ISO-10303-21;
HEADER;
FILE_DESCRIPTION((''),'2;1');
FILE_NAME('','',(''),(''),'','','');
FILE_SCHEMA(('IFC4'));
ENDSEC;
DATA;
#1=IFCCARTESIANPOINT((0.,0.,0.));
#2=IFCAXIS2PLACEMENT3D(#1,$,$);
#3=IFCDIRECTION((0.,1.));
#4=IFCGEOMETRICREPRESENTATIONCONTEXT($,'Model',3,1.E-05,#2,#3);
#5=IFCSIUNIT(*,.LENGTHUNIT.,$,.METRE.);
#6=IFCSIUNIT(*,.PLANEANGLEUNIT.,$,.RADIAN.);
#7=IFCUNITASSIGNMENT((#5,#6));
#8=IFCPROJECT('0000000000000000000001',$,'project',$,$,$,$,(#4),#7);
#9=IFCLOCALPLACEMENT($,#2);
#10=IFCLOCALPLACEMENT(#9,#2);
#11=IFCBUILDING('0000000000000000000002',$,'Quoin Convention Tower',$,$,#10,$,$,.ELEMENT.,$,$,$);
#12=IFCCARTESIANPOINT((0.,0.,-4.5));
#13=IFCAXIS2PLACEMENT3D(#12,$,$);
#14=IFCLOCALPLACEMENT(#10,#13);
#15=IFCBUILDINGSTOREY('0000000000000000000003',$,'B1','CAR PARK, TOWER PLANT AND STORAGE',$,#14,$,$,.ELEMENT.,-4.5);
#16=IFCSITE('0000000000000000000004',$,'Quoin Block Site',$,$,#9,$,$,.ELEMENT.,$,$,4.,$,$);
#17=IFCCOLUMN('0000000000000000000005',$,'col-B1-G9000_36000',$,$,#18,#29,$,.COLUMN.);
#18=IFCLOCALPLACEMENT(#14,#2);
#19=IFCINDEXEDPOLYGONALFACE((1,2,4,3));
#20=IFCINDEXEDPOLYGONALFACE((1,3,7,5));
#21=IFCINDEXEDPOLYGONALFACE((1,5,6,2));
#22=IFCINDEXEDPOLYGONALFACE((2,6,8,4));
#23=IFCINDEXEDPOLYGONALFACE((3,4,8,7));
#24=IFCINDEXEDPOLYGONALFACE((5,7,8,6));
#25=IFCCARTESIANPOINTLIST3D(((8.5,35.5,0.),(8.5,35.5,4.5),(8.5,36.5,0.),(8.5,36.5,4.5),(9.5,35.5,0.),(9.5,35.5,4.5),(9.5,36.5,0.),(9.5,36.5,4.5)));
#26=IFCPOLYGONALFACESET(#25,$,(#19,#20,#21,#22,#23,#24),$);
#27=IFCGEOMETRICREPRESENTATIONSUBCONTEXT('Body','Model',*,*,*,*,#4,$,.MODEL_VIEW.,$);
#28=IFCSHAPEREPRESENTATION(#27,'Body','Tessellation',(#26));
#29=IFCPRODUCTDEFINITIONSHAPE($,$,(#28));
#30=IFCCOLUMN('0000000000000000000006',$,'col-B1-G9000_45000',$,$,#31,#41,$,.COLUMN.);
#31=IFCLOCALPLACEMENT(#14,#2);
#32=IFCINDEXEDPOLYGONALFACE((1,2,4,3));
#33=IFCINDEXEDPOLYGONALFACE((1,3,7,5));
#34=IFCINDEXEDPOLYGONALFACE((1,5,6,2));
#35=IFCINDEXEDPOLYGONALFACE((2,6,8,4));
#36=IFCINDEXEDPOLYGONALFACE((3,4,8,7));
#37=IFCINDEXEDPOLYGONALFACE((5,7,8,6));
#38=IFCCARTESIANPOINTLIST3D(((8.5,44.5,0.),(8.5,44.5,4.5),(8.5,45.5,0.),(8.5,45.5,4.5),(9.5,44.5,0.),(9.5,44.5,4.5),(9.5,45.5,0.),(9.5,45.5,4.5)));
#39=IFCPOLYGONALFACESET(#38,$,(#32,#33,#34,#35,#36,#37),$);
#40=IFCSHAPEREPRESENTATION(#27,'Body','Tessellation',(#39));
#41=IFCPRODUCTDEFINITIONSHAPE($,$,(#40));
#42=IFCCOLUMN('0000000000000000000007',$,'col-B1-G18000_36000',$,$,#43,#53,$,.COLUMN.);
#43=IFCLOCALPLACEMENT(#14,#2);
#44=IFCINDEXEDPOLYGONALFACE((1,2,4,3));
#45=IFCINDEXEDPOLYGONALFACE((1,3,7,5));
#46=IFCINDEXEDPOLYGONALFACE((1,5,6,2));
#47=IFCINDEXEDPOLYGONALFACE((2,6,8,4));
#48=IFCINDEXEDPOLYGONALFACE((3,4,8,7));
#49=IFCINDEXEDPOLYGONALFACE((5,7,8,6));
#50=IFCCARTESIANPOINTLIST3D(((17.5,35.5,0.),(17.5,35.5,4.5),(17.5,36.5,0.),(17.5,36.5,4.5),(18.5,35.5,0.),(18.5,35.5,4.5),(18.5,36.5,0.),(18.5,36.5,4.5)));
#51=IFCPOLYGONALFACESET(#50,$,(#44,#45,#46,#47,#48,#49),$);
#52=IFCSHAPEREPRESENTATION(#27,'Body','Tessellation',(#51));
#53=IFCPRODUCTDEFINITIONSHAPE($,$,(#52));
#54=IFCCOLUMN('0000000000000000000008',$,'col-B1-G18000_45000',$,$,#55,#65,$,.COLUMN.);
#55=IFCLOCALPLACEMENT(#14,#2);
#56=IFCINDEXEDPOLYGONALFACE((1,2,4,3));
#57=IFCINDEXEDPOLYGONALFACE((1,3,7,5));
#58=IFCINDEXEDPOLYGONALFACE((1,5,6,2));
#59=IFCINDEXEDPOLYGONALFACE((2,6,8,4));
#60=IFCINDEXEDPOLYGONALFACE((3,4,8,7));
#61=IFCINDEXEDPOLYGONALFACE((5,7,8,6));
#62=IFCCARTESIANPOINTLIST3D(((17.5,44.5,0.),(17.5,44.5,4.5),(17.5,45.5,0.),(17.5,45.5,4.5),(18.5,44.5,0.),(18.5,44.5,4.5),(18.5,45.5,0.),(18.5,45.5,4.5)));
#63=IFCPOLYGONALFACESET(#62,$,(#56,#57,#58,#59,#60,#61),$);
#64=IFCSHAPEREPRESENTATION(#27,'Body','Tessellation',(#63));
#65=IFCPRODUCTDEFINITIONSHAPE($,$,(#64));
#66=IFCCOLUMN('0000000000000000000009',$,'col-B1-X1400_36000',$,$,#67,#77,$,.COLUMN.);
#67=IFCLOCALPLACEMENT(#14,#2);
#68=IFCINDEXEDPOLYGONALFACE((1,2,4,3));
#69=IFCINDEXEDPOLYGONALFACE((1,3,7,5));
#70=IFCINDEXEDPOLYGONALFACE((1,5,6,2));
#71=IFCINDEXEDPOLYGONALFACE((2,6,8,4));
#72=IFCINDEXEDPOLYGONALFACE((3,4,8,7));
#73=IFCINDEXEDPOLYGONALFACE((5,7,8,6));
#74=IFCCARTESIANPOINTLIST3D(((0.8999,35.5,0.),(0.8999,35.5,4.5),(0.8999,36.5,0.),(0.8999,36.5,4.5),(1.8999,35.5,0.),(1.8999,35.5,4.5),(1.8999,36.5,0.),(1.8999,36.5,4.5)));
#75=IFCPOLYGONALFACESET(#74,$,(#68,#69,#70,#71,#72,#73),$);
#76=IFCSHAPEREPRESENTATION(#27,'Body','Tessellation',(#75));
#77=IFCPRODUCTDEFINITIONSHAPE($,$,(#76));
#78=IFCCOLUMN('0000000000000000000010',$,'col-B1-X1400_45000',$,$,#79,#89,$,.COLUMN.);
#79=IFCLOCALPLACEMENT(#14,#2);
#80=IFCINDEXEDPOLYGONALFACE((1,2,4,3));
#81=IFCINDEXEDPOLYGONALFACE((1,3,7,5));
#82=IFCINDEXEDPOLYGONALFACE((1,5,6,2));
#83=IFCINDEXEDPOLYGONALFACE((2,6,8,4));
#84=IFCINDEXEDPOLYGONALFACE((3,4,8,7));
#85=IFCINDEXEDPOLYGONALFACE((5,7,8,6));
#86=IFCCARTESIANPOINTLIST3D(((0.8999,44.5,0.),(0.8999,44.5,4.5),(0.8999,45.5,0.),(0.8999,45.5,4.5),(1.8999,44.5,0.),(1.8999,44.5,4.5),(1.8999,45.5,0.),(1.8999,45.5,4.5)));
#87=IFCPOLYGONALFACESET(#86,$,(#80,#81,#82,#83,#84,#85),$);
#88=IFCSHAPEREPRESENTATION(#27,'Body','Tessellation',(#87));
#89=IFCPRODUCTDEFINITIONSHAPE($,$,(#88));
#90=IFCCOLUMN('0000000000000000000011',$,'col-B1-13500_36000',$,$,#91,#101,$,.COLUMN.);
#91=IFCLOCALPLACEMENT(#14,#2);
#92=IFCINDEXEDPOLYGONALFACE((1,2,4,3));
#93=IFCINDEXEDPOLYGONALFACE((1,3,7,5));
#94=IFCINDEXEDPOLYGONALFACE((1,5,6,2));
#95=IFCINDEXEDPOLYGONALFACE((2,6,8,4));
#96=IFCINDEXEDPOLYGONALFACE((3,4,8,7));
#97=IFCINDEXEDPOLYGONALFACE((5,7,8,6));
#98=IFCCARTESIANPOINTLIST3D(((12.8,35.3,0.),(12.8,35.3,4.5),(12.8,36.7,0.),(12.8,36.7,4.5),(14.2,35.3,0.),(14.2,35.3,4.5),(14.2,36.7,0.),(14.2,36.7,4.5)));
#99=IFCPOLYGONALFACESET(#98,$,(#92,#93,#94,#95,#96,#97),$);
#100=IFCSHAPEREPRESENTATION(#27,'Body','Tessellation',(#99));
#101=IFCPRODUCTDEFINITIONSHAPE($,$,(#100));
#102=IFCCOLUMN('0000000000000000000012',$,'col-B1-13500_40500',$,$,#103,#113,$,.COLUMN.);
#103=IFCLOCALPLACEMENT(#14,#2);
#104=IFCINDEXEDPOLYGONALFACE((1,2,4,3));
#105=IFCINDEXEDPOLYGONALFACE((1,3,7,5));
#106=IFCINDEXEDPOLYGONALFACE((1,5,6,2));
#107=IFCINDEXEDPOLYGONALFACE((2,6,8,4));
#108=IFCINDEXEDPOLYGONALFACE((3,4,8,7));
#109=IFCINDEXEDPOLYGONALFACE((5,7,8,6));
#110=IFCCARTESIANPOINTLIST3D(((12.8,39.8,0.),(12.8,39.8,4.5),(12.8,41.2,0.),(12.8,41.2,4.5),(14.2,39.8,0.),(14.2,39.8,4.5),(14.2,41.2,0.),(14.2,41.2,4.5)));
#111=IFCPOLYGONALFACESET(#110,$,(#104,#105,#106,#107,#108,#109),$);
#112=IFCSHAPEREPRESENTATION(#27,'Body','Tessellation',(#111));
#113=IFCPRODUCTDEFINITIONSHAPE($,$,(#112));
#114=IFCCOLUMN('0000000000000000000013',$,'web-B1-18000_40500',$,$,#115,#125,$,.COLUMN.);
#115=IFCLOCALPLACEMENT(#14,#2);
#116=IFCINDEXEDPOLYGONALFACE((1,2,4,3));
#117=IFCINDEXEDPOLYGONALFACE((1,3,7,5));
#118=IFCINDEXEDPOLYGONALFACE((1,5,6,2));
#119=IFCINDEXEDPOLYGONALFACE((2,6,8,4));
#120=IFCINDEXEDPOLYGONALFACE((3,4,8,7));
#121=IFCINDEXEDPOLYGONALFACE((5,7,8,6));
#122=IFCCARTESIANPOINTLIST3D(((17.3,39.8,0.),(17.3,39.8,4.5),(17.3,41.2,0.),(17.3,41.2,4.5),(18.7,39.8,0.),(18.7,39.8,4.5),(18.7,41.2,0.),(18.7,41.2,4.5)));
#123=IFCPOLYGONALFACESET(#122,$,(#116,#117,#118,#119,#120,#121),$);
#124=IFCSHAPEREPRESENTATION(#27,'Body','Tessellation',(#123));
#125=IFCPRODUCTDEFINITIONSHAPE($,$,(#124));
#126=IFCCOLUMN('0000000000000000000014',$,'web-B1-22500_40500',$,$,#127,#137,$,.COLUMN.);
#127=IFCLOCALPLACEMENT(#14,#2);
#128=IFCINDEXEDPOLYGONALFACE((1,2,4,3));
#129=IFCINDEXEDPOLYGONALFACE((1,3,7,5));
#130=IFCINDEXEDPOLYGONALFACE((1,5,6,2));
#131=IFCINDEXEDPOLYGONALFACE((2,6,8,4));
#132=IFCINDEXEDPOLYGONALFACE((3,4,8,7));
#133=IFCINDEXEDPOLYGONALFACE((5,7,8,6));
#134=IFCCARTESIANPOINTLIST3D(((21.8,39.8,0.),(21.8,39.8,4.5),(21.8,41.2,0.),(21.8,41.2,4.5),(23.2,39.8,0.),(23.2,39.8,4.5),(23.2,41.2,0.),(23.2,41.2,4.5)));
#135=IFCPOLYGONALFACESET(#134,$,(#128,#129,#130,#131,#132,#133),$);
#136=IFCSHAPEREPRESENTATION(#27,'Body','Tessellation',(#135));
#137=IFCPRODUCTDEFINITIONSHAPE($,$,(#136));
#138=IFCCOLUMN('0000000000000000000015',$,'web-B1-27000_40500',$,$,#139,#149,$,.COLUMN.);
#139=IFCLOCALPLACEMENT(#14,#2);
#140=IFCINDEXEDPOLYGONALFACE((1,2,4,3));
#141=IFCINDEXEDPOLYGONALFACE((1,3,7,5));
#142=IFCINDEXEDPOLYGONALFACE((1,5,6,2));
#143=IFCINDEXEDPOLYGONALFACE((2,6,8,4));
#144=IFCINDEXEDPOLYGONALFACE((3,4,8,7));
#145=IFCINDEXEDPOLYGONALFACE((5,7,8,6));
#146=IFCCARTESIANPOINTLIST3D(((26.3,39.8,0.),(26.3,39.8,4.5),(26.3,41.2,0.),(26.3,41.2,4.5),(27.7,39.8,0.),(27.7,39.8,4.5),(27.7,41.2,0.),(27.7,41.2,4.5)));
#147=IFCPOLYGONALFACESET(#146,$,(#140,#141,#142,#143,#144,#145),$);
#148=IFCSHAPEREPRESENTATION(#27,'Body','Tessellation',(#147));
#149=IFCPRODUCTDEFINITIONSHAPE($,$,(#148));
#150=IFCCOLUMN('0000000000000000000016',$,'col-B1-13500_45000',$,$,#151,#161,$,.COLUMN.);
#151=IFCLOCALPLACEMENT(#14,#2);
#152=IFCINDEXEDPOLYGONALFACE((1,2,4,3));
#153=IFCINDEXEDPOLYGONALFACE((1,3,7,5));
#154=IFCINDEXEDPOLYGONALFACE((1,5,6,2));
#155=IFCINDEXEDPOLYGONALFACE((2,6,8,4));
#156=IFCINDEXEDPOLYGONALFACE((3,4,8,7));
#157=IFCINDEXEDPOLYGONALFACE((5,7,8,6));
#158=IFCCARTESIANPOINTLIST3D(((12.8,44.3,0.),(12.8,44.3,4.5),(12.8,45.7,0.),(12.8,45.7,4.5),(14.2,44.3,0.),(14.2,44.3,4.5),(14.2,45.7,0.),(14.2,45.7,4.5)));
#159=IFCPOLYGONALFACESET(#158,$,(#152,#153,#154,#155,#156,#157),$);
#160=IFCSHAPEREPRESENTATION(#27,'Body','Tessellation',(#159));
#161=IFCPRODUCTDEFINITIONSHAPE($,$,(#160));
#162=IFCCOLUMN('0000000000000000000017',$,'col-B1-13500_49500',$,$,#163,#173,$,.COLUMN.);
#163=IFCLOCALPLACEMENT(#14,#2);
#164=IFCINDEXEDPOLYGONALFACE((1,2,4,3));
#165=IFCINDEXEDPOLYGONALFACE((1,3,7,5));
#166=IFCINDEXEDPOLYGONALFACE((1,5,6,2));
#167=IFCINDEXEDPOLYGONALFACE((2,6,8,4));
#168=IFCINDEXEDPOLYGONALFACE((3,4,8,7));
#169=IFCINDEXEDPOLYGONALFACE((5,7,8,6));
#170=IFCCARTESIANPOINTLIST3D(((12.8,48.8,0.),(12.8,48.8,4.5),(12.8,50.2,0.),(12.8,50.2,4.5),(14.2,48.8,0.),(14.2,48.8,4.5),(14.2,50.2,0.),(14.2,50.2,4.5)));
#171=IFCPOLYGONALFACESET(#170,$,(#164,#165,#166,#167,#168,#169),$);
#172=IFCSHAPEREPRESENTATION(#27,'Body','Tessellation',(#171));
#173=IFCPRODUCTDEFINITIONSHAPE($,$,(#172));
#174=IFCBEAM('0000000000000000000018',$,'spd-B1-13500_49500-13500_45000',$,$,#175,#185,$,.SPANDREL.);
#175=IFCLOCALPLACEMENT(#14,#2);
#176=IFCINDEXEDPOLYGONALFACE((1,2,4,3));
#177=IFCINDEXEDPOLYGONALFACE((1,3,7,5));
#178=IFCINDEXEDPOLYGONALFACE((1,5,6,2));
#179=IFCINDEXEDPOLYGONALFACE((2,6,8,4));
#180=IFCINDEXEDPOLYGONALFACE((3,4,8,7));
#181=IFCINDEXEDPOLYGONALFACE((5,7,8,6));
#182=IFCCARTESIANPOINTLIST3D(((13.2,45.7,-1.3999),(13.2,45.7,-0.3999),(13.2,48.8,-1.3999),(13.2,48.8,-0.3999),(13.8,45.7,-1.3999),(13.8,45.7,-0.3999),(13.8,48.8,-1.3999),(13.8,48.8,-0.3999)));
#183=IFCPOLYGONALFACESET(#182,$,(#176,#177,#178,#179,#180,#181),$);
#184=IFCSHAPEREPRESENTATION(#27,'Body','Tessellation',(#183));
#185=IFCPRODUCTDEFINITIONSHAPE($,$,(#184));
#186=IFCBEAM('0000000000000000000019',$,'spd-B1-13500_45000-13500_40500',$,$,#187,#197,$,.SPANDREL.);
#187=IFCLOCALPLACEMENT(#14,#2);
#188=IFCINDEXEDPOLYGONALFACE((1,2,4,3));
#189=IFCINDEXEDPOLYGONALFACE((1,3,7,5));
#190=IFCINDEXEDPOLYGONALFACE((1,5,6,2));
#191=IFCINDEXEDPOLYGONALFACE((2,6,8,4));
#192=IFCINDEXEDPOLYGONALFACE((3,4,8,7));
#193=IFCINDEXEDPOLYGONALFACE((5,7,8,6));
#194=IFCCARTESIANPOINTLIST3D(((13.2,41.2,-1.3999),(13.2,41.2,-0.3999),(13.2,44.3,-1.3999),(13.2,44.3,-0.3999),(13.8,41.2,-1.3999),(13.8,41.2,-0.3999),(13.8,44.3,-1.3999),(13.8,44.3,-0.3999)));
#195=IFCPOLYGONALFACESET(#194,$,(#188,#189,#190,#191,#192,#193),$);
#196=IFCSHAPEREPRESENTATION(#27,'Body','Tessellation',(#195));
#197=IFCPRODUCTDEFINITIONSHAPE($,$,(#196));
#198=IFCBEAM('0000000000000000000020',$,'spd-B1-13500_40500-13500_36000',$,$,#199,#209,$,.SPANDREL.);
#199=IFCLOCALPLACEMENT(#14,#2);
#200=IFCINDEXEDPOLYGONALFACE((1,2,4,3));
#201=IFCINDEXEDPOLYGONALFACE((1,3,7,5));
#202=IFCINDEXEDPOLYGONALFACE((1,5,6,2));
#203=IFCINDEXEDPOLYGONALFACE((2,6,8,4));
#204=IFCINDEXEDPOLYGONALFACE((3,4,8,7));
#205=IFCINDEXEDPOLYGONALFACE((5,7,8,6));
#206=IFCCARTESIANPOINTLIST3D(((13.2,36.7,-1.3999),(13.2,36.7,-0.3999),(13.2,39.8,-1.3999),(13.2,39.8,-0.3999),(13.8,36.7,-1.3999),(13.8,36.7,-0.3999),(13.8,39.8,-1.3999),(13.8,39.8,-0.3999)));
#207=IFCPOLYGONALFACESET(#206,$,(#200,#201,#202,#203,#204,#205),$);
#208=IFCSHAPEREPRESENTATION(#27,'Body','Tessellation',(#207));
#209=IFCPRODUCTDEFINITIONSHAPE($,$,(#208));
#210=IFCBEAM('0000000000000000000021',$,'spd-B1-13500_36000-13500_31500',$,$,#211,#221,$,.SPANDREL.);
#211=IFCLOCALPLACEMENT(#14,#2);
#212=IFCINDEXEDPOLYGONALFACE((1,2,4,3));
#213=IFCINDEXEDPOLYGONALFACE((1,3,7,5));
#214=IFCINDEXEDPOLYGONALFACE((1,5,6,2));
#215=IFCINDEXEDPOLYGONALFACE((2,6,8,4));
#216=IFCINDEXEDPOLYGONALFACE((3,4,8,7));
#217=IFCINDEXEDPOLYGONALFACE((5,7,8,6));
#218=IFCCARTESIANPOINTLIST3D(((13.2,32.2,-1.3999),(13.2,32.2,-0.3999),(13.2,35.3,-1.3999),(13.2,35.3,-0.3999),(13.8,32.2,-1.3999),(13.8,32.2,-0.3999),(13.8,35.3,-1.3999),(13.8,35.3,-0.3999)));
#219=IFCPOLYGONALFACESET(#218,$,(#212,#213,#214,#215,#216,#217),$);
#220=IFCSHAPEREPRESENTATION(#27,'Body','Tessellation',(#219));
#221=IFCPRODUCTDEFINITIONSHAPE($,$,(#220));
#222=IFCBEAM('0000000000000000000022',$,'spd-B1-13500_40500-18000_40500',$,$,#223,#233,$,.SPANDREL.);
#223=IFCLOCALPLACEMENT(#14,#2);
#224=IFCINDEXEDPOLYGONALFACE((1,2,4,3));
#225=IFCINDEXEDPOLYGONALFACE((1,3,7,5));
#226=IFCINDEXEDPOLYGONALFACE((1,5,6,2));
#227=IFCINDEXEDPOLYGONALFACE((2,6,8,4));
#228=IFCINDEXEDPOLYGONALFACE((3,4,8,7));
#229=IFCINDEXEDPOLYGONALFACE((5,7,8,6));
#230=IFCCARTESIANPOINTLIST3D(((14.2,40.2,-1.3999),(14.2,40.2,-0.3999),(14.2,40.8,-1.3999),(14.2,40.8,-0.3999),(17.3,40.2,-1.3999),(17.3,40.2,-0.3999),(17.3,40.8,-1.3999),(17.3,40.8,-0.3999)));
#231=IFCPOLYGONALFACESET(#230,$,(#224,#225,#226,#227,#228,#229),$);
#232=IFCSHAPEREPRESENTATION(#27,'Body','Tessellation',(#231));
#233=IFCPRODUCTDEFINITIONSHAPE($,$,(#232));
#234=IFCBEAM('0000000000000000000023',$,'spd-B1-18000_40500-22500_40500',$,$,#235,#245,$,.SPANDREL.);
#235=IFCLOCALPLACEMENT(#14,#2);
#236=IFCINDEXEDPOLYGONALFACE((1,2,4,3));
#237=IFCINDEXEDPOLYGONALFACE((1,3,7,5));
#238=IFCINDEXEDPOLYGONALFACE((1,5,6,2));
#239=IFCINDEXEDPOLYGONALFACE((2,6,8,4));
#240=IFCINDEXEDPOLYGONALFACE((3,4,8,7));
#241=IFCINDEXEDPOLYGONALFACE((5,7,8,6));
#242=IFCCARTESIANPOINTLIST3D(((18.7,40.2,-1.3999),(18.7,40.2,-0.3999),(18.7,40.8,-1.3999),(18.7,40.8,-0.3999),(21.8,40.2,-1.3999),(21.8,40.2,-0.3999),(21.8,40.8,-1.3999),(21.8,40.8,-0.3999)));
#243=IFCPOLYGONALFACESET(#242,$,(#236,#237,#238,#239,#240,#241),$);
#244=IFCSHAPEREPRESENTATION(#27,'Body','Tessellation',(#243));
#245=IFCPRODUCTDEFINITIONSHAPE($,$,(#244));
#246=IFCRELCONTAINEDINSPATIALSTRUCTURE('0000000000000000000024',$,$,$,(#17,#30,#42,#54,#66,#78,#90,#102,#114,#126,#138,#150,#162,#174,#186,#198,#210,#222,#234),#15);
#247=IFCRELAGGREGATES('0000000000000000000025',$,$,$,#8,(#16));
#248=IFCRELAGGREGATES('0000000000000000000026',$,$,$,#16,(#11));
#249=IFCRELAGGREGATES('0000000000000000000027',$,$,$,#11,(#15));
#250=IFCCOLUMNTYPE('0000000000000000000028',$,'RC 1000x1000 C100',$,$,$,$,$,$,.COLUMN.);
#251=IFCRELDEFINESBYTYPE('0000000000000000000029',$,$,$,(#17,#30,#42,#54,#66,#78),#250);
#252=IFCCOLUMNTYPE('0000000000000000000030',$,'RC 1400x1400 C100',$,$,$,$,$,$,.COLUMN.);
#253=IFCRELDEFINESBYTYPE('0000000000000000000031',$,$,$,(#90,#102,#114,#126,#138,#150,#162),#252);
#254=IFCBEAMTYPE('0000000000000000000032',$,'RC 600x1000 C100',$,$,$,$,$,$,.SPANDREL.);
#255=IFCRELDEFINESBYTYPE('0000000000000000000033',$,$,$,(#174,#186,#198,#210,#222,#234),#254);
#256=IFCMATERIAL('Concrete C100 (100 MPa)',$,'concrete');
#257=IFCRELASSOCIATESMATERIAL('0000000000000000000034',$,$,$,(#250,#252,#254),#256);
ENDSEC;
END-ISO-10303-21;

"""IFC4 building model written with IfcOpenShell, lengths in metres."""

from ifc_helpers import new_model, si_unit, direction, frame, origin, origin_2d, place, context, subcontext, project, spatial, rectangle, extrude, material, material_profile, profile_set, type_object, element, save


model = new_model("IFC4")

# Units and contexts
model_context = context("Model", 3, precision=1e-05, world=origin(), true_north=direction((0.0, 1.0)))
body_context = subcontext(model_context, "Body", "Model", "MODEL_VIEW")
ifc_project = project(units=[si_unit("LENGTHUNIT", "METRE"), si_unit("PLANEANGLEUNIT", "RADIAN")], contexts=[model_context])

# Site, building, storey
site_placement = place(None, origin())
site = spatial("IfcSite", under=ifc_project, at=site_placement, Name="Quoin Block Site", CompositionType="ELEMENT", RefElevation=4.0)
building_placement = place(site_placement, origin())
building = spatial("IfcBuilding", under=site, at=building_placement, Name="Quoin Convention Tower", CompositionType="ELEMENT")
storey_placement = place(building_placement, frame((0.0, 0.0, -4.5)))
storey = spatial("IfcBuildingStorey", under=building, at=storey_placement, Name="B1", Description="CAR PARK, TOWER PLANT AND STORAGE", CompositionType="ELEMENT", Elevation=-4.5)

# Columns
ifc_material_1 = material(Name="Concrete C100 (100 MPa)", Category="concrete")
ifc_material_profile_1 = material_profile(ifc_material_1, rectangle(XDim=1.0, YDim=1.0, at=origin_2d()), Name="RC 1000x1000")
ifc_profile_set_1 = profile_set([ifc_material_profile_1], Name="Concrete C100 (100 MPa)")
column_type_1 = type_object("IfcColumnType", Name="RC 1000x1000 C100", PredefinedType="COLUMN", material=ifc_profile_set_1)
for number, where, z_axis, x_axis, name in (
    (1, (9.0, 36.0, 0.0), (0.0, 0.0, 1.0), (1.0, 0.0, 0.0), "col-B1-G9000_36000"),
    (2, (9.0, 45.0, 0.0), (0.0, 0.0, 1.0), (1.0, 0.0, 0.0), "col-B1-G9000_45000"),
    (3, (18.0, 36.0, 0.0), (0.0, 0.0, 1.0), (1.0, 0.0, 0.0), "col-B1-G18000_36000"),
    (4, (18.0, 45.0, 0.0), (0.0, 0.0, 1.0), (1.0, 0.0, 0.0), "col-B1-G18000_45000"),
    (5, (1.3999, 36.0, 0.0), (0.0, 0.0, 1.0), (1.0, 0.0, 0.0), "col-B1-X1400_36000"),
    (6, (1.3999, 45.0, 0.0), (0.0, 0.0, 1.0), (1.0, 0.0, 0.0), "col-B1-X1400_45000"),
):
    element("IfcColumn", number, at=place(storey_placement, frame(where, z_axis=z_axis, x_axis=x_axis)), inside=storey, type_object=column_type_1, Name=name, PredefinedType="COLUMN", context=body_context, shape_type="SweptSolid", body=[
        extrude(rectangle(XDim=1.0, YDim=1.0, at=origin_2d()), origin(), (0.0, 0.0, 1.0), 4.5),
    ])
ifc_material_profile_2 = material_profile(ifc_material_1, rectangle(XDim=1.3999, YDim=1.3999, at=origin_2d()), Name="RC 1400x1400")
ifc_profile_set_2 = profile_set([ifc_material_profile_2], Name="Concrete C100 (100 MPa)")
column_type_2 = type_object("IfcColumnType", Name="RC 1400x1400 C100", PredefinedType="COLUMN", material=ifc_profile_set_2)
for number, where, z_axis, x_axis, name in (
    (7, (13.5, 36.0, 0.0), (0.0, 0.0, 1.0), (1.0, 0.0, 0.0), "col-B1-13500_36000"),
    (8, (13.5, 40.5, 0.0), (0.0, 0.0, 1.0), (1.0, 0.0, 0.0), "col-B1-13500_40500"),
    (9, (18.0, 40.5, 0.0), (0.0, 0.0, 1.0), (1.0, 0.0, 0.0), "web-B1-18000_40500"),
    (10, (22.5, 40.5, 0.0), (0.0, 0.0, 1.0), (1.0, 0.0, 0.0), "web-B1-22500_40500"),
    (11, (27.0, 40.5, 0.0), (0.0, 0.0, 1.0), (1.0, 0.0, 0.0), "web-B1-27000_40500"),
    (12, (13.5, 45.0, 0.0), (0.0, 0.0, 1.0), (1.0, 0.0, 0.0), "col-B1-13500_45000"),
    (13, (13.5, 49.5, 0.0), (0.0, 0.0, 1.0), (1.0, 0.0, 0.0), "col-B1-13500_49500"),
):
    element("IfcColumn", number, at=place(storey_placement, frame(where, z_axis=z_axis, x_axis=x_axis)), inside=storey, type_object=column_type_2, Name=name, PredefinedType="COLUMN", context=body_context, shape_type="SweptSolid", body=[
        extrude(rectangle(XDim=1.3999, YDim=1.3999, at=origin_2d()), origin(), (0.0, 0.0, 1.0), 4.5),
    ])

# Beams
ifc_material_profile_3 = material_profile(ifc_material_1, rectangle(XDim=0.6001, YDim=1.0, at=origin_2d()), Name="RC 600x1000")
ifc_profile_set_3 = profile_set([ifc_material_profile_3], Name="Concrete C100 (100 MPa)")
beam_type = type_object("IfcBeamType", Name="RC 600x1000 C100", PredefinedType="SPANDREL", material=ifc_profile_set_3)
for number, where, z_axis, x_axis, name in (
    (14, (13.5, 48.8, -0.8999), (0.0, -1.0, 0.0), (1.0, 0.0, 0.0), "spd-B1-13500_49500-13500_45000"),
    (15, (13.5, 44.3, -0.8999), (0.0, -1.0, 0.0), (1.0, 0.0, 0.0), "spd-B1-13500_45000-13500_40500"),
    (16, (13.5, 39.8, -0.8999), (0.0, -1.0, 0.0), (1.0, 0.0, 0.0), "spd-B1-13500_40500-13500_36000"),
    (17, (13.5, 35.3, -0.8999), (0.0, -1.0, 0.0), (1.0, 0.0, 0.0), "spd-B1-13500_36000-13500_31500"),
    (18, (14.2, 40.5, -0.8999), (1.0, 0.0, 0.0), (0.0, 1.0, 0.0), "spd-B1-13500_40500-18000_40500"),
    (19, (18.7, 40.5, -0.8999), (1.0, 0.0, 0.0), (0.0, 1.0, 0.0), "spd-B1-18000_40500-22500_40500"),
):
    element("IfcBeam", number, at=place(storey_placement, frame(where, z_axis=z_axis, x_axis=x_axis)), inside=storey, type_object=beam_type, Name=name, PredefinedType="SPANDREL", context=body_context, shape_type="SweptSolid", body=[
        extrude(rectangle(XDim=0.6001, YDim=1.0, at=origin_2d()), origin(), (0.0, 0.0, 1.0), 3.1001),
    ])

save(model, "model.ifc")
